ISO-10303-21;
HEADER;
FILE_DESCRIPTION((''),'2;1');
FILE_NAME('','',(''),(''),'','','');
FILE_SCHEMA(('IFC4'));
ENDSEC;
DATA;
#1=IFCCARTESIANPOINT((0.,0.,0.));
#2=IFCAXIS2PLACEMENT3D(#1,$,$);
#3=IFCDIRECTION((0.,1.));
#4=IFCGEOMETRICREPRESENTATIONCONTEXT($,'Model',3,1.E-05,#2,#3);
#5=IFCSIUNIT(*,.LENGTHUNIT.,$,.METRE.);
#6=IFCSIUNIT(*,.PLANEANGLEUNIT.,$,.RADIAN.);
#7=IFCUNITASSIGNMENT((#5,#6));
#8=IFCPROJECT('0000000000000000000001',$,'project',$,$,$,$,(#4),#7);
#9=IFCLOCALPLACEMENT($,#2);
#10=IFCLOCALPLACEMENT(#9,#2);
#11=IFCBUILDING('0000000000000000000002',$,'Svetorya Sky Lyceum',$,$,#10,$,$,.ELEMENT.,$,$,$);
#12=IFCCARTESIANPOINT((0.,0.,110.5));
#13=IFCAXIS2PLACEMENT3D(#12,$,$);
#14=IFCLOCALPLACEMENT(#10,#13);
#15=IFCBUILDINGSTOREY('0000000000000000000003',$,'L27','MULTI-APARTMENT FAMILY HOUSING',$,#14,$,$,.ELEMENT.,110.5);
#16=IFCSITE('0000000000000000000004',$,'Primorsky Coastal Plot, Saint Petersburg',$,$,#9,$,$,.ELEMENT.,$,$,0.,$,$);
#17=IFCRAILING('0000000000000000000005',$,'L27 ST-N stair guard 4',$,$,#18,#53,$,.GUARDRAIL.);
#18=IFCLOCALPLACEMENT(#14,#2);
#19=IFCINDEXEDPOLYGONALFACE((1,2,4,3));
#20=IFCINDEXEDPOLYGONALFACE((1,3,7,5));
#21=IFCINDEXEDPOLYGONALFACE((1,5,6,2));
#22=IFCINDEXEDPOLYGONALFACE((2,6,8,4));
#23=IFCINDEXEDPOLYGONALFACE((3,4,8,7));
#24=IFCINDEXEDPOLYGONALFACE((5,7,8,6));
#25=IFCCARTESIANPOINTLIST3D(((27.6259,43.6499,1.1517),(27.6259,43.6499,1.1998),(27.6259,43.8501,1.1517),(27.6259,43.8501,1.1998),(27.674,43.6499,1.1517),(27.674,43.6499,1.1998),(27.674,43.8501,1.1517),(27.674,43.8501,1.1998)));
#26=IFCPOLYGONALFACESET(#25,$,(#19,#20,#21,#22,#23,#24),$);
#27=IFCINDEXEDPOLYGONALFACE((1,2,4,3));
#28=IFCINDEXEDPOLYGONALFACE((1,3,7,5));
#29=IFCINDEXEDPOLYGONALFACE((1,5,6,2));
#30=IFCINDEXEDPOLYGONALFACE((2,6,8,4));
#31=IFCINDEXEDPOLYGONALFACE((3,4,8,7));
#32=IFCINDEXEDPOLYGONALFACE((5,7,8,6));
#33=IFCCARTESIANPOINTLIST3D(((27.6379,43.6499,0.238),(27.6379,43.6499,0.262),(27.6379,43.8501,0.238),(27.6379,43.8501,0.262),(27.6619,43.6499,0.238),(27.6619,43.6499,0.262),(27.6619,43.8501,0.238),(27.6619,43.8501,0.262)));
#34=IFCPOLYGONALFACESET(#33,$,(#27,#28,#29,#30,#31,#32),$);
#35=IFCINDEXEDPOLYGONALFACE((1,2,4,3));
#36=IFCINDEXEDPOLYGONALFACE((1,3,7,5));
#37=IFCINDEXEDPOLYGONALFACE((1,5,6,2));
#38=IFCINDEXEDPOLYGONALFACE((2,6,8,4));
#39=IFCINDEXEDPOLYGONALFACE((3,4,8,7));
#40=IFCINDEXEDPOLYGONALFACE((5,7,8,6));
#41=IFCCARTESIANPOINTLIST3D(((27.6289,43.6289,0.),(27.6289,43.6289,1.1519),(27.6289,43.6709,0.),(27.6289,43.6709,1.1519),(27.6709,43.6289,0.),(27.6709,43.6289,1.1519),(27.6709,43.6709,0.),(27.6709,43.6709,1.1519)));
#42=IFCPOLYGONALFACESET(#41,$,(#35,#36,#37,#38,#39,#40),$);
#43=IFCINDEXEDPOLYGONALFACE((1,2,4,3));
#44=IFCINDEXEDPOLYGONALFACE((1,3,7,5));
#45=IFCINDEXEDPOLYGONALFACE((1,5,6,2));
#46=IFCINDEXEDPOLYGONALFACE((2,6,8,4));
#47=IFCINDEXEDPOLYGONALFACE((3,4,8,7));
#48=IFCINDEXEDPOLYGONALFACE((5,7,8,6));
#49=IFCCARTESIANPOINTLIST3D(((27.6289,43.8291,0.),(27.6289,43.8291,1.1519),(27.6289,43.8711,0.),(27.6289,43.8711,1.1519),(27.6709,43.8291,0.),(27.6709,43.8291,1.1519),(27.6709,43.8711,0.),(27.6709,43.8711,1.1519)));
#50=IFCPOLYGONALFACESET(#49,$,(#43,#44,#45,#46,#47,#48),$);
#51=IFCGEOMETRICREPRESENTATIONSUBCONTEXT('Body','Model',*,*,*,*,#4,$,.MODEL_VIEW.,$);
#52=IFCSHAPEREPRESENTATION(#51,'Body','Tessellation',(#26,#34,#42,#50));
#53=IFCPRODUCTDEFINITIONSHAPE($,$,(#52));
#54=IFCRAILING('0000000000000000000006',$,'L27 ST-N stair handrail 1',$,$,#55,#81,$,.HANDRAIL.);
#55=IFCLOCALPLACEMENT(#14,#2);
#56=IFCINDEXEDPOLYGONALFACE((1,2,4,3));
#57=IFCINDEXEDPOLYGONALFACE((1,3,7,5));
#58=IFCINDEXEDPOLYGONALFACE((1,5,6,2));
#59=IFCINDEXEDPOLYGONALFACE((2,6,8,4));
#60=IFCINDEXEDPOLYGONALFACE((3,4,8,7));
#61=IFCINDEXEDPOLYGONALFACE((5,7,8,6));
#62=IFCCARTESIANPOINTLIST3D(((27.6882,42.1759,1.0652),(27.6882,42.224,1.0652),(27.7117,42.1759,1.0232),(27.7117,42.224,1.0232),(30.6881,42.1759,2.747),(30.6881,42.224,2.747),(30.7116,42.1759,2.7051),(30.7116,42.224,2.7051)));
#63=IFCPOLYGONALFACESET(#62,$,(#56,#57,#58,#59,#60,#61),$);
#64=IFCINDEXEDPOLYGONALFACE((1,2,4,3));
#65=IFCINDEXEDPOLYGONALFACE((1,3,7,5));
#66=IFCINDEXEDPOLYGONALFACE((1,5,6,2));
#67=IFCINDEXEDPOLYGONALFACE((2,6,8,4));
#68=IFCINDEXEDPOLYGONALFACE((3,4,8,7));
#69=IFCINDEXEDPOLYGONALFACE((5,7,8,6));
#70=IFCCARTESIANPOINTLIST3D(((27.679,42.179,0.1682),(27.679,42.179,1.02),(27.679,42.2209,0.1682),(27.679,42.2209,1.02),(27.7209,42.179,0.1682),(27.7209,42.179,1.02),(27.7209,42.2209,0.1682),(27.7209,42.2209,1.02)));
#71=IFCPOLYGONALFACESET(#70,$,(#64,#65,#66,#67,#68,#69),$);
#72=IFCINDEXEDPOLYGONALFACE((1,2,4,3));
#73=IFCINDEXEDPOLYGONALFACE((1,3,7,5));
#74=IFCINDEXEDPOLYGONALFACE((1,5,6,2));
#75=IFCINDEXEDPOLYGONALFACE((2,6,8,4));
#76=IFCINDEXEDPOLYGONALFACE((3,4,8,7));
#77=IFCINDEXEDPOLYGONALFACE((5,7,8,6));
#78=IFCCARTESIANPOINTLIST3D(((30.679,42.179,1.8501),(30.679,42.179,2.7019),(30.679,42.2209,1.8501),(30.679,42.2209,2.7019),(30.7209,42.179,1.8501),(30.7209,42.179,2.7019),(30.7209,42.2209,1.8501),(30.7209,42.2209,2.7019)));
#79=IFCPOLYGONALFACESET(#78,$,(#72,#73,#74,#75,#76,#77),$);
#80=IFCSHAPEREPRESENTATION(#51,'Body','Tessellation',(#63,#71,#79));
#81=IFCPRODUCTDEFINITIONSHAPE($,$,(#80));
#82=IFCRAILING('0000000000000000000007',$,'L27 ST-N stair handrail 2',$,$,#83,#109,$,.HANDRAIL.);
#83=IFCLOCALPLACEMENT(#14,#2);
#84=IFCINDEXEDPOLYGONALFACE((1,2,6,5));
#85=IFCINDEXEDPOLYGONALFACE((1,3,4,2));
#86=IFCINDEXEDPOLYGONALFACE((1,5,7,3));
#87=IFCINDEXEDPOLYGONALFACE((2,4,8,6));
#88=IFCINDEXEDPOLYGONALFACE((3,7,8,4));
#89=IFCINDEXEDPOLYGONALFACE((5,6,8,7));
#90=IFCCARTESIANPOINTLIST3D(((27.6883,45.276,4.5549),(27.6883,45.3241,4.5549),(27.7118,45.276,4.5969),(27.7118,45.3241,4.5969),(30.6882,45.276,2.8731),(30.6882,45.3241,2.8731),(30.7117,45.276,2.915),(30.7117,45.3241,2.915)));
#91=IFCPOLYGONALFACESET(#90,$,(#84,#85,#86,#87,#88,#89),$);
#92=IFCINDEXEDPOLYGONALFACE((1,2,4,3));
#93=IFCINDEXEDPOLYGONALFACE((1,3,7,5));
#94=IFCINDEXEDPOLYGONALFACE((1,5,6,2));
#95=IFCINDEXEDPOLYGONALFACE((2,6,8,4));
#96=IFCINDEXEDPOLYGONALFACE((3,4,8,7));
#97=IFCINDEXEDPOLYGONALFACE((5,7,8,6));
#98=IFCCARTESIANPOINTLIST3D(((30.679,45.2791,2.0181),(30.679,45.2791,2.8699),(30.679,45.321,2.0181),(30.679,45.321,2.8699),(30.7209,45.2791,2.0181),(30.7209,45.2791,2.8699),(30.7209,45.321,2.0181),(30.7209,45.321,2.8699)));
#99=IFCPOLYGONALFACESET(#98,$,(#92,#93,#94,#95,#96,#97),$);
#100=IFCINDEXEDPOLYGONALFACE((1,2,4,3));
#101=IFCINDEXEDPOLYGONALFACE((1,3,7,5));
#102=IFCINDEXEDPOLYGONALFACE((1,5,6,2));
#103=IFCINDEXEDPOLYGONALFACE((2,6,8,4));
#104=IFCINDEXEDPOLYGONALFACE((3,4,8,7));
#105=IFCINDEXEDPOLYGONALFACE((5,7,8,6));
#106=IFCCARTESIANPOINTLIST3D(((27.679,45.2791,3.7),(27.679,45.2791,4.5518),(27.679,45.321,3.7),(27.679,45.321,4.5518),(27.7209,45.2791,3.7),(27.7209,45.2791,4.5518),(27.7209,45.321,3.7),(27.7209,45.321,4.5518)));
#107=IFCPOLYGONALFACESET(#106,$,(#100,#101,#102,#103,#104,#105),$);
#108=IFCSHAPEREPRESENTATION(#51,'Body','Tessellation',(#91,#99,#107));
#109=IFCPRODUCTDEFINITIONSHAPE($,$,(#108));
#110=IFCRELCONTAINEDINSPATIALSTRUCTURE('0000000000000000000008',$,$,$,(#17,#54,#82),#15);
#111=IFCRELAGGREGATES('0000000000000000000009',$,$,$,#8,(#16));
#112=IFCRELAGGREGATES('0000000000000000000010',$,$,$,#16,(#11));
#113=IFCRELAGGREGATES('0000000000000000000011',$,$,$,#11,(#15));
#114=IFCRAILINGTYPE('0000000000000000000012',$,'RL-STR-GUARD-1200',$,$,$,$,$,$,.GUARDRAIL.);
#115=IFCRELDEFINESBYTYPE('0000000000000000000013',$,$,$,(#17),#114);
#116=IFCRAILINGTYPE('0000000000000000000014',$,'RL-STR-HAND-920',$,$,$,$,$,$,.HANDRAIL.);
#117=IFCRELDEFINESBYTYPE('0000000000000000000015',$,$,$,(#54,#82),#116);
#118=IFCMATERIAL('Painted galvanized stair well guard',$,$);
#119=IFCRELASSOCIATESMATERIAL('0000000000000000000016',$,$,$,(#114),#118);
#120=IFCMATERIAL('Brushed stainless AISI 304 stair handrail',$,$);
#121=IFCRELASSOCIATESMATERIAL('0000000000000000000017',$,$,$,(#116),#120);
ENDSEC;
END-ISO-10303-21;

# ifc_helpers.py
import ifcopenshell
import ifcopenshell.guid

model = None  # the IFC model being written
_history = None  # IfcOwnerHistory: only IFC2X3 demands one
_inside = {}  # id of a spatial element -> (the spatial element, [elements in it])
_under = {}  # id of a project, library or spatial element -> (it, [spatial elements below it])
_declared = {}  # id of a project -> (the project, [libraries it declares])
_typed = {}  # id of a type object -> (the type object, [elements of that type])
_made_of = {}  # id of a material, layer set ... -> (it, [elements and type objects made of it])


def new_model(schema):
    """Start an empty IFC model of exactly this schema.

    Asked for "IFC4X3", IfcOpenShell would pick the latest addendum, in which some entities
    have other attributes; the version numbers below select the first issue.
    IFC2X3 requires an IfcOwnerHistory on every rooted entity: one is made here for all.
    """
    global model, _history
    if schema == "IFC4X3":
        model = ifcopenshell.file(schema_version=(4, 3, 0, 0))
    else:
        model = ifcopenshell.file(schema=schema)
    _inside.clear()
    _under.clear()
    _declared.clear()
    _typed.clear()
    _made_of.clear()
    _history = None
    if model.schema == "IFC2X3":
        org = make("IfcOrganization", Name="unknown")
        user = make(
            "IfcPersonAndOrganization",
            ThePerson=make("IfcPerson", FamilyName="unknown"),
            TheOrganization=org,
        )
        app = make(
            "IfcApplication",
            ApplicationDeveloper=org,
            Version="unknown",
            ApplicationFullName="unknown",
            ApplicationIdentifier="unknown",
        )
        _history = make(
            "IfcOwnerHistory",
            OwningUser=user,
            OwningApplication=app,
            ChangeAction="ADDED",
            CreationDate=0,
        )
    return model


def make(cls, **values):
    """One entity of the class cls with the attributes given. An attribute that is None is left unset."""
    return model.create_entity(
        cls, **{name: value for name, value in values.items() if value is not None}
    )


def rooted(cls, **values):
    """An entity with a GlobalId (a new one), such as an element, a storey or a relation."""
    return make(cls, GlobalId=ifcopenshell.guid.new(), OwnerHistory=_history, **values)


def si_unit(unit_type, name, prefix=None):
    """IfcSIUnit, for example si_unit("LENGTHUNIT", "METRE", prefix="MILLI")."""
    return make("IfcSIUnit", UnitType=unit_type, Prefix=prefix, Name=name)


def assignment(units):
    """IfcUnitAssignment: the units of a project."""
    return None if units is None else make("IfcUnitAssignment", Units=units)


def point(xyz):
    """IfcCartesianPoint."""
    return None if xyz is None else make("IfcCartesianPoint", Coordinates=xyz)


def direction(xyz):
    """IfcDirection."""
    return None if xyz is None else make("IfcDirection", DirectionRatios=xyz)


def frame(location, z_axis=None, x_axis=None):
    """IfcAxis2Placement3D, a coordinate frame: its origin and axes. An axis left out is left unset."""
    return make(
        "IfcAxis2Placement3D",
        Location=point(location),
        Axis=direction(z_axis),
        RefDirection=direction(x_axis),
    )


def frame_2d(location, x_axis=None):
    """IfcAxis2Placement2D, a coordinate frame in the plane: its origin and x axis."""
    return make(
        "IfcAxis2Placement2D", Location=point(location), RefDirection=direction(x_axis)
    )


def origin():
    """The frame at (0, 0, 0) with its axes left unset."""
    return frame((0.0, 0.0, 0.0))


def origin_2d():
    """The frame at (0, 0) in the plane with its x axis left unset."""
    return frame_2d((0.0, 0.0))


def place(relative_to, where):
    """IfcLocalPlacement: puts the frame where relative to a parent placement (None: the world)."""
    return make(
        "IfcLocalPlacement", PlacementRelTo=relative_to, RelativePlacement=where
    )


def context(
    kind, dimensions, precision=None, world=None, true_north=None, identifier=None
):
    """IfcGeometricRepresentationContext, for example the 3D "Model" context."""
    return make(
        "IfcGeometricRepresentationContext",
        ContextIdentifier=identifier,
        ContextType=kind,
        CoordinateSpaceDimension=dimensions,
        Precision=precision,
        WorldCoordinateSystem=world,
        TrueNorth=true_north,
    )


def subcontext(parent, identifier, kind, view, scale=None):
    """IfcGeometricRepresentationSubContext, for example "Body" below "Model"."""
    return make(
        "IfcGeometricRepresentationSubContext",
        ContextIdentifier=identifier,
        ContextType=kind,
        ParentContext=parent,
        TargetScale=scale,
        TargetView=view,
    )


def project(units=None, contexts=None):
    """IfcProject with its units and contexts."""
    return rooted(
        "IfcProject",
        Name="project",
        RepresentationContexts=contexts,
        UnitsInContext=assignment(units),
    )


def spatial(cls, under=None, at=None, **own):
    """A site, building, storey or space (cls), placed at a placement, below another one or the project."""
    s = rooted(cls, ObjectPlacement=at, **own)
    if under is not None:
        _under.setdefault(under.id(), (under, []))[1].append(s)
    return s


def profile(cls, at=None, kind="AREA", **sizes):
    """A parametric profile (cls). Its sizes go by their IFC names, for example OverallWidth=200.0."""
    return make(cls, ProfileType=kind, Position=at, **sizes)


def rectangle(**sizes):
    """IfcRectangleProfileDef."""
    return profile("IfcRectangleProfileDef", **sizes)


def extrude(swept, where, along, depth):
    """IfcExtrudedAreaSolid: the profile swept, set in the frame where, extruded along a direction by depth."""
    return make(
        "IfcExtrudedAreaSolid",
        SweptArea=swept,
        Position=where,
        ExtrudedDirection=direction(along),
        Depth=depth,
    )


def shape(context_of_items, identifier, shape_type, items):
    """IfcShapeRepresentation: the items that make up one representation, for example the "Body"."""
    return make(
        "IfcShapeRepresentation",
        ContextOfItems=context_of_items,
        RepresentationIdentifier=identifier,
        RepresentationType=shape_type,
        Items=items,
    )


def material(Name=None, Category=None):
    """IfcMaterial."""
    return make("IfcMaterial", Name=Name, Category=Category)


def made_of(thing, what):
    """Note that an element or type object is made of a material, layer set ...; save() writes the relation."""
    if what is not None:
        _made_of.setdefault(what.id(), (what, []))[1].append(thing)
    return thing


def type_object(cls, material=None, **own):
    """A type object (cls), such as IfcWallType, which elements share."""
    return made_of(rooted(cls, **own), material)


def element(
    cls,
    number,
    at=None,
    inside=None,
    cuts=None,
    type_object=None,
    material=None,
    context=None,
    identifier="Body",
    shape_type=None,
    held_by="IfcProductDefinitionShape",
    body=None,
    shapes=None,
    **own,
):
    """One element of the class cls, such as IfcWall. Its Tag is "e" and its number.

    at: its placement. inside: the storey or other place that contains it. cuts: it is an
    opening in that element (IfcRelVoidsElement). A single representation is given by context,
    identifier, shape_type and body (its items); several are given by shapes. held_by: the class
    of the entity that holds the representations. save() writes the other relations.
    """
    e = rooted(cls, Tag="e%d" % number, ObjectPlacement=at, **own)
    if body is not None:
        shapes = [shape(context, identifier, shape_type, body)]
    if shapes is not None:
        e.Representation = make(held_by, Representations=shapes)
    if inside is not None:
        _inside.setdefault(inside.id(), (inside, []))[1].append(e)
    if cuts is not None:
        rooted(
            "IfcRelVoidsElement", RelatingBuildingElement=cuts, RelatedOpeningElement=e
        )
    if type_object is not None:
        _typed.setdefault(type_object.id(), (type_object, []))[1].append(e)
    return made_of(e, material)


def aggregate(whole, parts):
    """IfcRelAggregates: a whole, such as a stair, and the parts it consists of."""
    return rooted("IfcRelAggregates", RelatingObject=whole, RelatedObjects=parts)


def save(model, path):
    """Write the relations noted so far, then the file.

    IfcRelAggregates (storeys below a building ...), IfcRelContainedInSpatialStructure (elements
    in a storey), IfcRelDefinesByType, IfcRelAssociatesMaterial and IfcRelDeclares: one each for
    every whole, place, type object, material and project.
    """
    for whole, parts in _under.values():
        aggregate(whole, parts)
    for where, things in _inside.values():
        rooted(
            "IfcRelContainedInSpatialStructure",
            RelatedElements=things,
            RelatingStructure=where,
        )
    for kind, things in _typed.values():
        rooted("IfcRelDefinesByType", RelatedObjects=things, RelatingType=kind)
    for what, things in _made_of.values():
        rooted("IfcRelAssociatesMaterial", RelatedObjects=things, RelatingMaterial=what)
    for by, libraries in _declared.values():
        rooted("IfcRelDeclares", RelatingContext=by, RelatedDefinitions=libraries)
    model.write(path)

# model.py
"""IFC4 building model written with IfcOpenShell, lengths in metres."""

from ifc_helpers import new_model, si_unit, direction, frame, origin, origin_2d, place, context, subcontext, project, spatial, rectangle, extrude, material, type_object, element, save


model = new_model("IFC4")

# Units and contexts
model_context = context("Model", 3, precision=1e-05, world=origin(), true_north=direction((0.0, 1.0)))
body_context = subcontext(model_context, "Body", "Model", "MODEL_VIEW")
ifc_project = project(units=[si_unit("LENGTHUNIT", "METRE"), si_unit("PLANEANGLEUNIT", "RADIAN")], contexts=[model_context])

# Site, building, storey
site_placement = place(None, origin())
site = spatial("IfcSite", under=ifc_project, at=site_placement, Name="Primorsky Coastal Plot, Saint Petersburg", CompositionType="ELEMENT", RefElevation=0.0)
building_placement = place(site_placement, origin())
building = spatial("IfcBuilding", under=site, at=building_placement, Name="Svetorya Sky Lyceum", CompositionType="ELEMENT")
storey_placement = place(building_placement, frame((0.0, 0.0, 110.5)))
storey = spatial("IfcBuildingStorey", under=building, at=storey_placement, Name="L27", Description="MULTI-APARTMENT FAMILY HOUSING", CompositionType="ELEMENT", Elevation=110.5)

# Railings
ifc_material_1 = material(Name="Painted galvanized stair well guard")
railing_type_1 = type_object("IfcRailingType", Name="RL-STR-GUARD-1200", PredefinedType="GUARDRAIL", material=ifc_material_1)
railing_1_placement = place(storey_placement, frame((27.6499, 43.6499, 0.0)))
element("IfcRailing", 1, at=railing_1_placement, inside=storey, type_object=railing_type_1, Name="L27 ST-N stair guard 4", PredefinedType="GUARDRAIL", context=body_context, shape_type="SweptSolid", body=[
    extrude(rectangle(XDim=0.0481, YDim=0.0481, at=origin_2d()), frame((0.0, 0.0, 1.1758), z_axis=(0.0, 1.0, 0.0), x_axis=(-1.0, 0.0, 0.0)), (0.0, 0.0, 1.0), 0.2002),
    extrude(rectangle(XDim=0.0239, YDim=0.0239, at=origin_2d()), frame((0.0, 0.0, 0.25), z_axis=(0.0, 1.0, 0.0), x_axis=(-1.0, 0.0, 0.0)), (0.0, 0.0, 1.0), 0.2002),
    extrude(rectangle(XDim=0.042, YDim=0.042, at=origin_2d()), origin(), (0.0, 0.0, 1.0), 1.1519),
    extrude(rectangle(XDim=0.042, YDim=0.042, at=origin_2d()), frame((0.0, 0.2002, 0.0)), (0.0, 0.0, 1.0), 1.1519),
])
ifc_material_2 = material(Name="Brushed stainless AISI 304 stair handrail")
railing_type_2 = type_object("IfcRailingType", Name="RL-STR-HAND-920", PredefinedType="HANDRAIL", material=ifc_material_2)
railing_2_placement = place(storey_placement, frame((27.7, 42.2, 0.1682)))
element("IfcRailing", 2, at=railing_2_placement, inside=storey, type_object=railing_type_2, Name="L27 ST-N stair handrail 1", PredefinedType="HANDRAIL", context=body_context, shape_type="SweptSolid", body=[
    extrude(rectangle(XDim=0.0481, YDim=0.0481, at=origin_2d()), frame((0.0, 0.0, 0.876), z_axis=(0.872272, 0.0, 0.48902), x_axis=(0.0, 1.0, 0.0)), (0.0, 0.0, 1.0), 3.4392),
    extrude(rectangle(XDim=0.042, YDim=0.042, at=origin_2d()), origin(), (0.0, 0.0, 1.0), 0.8518),
    extrude(rectangle(XDim=0.042, YDim=0.042, at=origin_2d()), frame((3.0, 0.0, 1.6819)), (0.0, 0.0, 1.0), 0.8518),
])
railing_3_placement = place(storey_placement, frame((30.7, 45.3, 2.0181)))
element("IfcRailing", 3, at=railing_3_placement, inside=storey, type_object=railing_type_2, Name="L27 ST-N stair handrail 2", PredefinedType="HANDRAIL", context=body_context, shape_type="SweptSolid", body=[
    extrude(rectangle(XDim=0.0481, YDim=0.0481, at=origin_2d()), frame((0.0, 0.0, 0.876), z_axis=(-0.872272, 0.0, 0.48902), x_axis=(0.0, -1.0, 0.0)), (0.0, 0.0, 1.0), 3.4392),
    extrude(rectangle(XDim=0.042, YDim=0.042, at=origin_2d()), origin(), (0.0, 0.0, 1.0), 0.8518),
    extrude(rectangle(XDim=0.042, YDim=0.042, at=origin_2d()), frame((-3.0, 0.0, 1.6819)), (0.0, 0.0, 1.0), 0.8518),
])

save(model, "model.ifc")
